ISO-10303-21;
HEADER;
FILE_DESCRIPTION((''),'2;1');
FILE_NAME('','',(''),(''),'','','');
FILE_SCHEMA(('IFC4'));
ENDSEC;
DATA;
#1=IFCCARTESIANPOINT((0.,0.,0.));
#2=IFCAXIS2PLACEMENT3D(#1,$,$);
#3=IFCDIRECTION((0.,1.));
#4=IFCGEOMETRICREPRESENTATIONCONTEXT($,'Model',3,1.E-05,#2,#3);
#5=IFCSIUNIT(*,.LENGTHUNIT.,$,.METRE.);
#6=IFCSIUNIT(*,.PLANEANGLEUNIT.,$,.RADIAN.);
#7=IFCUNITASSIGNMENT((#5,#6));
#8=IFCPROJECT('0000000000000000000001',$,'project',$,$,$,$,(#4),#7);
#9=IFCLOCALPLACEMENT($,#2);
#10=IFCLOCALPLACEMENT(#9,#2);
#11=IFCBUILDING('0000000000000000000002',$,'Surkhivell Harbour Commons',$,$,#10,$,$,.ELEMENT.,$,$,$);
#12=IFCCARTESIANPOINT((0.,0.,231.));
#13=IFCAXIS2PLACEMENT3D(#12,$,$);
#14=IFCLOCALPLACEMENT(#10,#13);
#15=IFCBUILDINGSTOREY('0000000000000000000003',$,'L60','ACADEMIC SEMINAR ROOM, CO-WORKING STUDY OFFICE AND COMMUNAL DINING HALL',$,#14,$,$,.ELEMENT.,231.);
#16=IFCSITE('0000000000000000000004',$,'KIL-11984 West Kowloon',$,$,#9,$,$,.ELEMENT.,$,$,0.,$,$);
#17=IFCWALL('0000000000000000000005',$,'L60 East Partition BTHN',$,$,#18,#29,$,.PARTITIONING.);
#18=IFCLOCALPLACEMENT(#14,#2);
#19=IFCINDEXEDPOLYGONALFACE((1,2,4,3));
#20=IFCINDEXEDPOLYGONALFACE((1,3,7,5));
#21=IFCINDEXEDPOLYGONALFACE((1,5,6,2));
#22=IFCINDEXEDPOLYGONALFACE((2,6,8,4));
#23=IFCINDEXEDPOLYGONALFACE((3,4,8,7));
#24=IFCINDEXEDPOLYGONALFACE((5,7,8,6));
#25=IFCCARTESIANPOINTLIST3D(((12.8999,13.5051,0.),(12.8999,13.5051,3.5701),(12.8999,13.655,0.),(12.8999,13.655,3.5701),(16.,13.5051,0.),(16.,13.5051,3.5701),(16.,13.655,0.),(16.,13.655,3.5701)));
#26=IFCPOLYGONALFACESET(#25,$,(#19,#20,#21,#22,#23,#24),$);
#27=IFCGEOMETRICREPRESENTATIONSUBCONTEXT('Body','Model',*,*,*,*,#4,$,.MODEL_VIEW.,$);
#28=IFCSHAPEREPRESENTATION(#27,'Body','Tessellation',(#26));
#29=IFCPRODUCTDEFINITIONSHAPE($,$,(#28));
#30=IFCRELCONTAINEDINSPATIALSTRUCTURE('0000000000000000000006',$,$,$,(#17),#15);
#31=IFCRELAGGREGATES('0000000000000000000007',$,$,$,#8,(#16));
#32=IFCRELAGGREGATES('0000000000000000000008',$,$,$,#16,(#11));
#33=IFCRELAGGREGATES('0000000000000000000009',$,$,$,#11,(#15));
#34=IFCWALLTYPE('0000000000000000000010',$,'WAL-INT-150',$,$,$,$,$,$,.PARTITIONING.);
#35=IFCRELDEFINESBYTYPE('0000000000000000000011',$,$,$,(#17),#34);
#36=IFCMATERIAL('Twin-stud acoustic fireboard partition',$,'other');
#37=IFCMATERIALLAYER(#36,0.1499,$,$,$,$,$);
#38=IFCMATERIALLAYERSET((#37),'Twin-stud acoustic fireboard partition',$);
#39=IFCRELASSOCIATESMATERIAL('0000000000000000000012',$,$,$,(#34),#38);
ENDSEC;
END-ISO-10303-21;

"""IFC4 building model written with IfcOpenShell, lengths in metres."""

from ifc_helpers import new_model, si_unit, direction, frame, frame_2d, origin, place, context, subcontext, project, spatial, rectangle, extrude, material, layer, layer_set, type_object, element, save


model = new_model("IFC4")

# Units and contexts
model_context = context("Model", 3, precision=1e-05, world=origin(), true_north=direction((0.0, 1.0)))
body_context = subcontext(model_context, "Body", "Model", "MODEL_VIEW")
ifc_project = project(units=[si_unit("LENGTHUNIT", "METRE"), si_unit("PLANEANGLEUNIT", "RADIAN")], contexts=[model_context])

# Site, building, storey
site_placement = place(None, origin())
site = spatial("IfcSite", under=ifc_project, at=site_placement, Name="KIL-11984 West Kowloon", CompositionType="ELEMENT", RefElevation=0.0)
building_placement = place(site_placement, origin())
building = spatial("IfcBuilding", under=site, at=building_placement, Name="Surkhivell Harbour Commons", CompositionType="ELEMENT")
storey_placement = place(building_placement, frame((0.0, 0.0, 231.0)))
storey = spatial("IfcBuildingStorey", under=building, at=storey_placement, Name="L60", Description="ACADEMIC SEMINAR ROOM, CO-WORKING STUDY OFFICE AND COMMUNAL DINING HALL", CompositionType="ELEMENT", Elevation=231.0)

# Wall
ifc_material_1 = material(Name="Twin-stud acoustic fireboard partition", Category="other")
ifc_layer_1 = layer(ifc_material_1, 0.1499)
ifc_layer_set_1 = layer_set([ifc_layer_1], Name="Twin-stud acoustic fireboard partition")
wall_type_1 = type_object("IfcWallType", Name="WAL-INT-150", PredefinedType="PARTITIONING", material=ifc_layer_set_1)
wall_1_placement = place(storey_placement, frame((12.8999, 13.5801, 0.0), z_axis=(0.0, 0.0, 1.0), x_axis=(1.0, 0.0, 0.0)))
element("IfcWall", 1, at=wall_1_placement, inside=storey, type_object=wall_type_1, Name="L60 East Partition BTHN", PredefinedType="PARTITIONING", context=body_context, shape_type="SweptSolid", body=[
    extrude(rectangle(XDim=3.1001, YDim=0.1499, at=frame_2d((1.55, 0.0))), origin(), (0.0, 0.0, 1.0), 3.5701),
])

save(model, "model.ifc")
